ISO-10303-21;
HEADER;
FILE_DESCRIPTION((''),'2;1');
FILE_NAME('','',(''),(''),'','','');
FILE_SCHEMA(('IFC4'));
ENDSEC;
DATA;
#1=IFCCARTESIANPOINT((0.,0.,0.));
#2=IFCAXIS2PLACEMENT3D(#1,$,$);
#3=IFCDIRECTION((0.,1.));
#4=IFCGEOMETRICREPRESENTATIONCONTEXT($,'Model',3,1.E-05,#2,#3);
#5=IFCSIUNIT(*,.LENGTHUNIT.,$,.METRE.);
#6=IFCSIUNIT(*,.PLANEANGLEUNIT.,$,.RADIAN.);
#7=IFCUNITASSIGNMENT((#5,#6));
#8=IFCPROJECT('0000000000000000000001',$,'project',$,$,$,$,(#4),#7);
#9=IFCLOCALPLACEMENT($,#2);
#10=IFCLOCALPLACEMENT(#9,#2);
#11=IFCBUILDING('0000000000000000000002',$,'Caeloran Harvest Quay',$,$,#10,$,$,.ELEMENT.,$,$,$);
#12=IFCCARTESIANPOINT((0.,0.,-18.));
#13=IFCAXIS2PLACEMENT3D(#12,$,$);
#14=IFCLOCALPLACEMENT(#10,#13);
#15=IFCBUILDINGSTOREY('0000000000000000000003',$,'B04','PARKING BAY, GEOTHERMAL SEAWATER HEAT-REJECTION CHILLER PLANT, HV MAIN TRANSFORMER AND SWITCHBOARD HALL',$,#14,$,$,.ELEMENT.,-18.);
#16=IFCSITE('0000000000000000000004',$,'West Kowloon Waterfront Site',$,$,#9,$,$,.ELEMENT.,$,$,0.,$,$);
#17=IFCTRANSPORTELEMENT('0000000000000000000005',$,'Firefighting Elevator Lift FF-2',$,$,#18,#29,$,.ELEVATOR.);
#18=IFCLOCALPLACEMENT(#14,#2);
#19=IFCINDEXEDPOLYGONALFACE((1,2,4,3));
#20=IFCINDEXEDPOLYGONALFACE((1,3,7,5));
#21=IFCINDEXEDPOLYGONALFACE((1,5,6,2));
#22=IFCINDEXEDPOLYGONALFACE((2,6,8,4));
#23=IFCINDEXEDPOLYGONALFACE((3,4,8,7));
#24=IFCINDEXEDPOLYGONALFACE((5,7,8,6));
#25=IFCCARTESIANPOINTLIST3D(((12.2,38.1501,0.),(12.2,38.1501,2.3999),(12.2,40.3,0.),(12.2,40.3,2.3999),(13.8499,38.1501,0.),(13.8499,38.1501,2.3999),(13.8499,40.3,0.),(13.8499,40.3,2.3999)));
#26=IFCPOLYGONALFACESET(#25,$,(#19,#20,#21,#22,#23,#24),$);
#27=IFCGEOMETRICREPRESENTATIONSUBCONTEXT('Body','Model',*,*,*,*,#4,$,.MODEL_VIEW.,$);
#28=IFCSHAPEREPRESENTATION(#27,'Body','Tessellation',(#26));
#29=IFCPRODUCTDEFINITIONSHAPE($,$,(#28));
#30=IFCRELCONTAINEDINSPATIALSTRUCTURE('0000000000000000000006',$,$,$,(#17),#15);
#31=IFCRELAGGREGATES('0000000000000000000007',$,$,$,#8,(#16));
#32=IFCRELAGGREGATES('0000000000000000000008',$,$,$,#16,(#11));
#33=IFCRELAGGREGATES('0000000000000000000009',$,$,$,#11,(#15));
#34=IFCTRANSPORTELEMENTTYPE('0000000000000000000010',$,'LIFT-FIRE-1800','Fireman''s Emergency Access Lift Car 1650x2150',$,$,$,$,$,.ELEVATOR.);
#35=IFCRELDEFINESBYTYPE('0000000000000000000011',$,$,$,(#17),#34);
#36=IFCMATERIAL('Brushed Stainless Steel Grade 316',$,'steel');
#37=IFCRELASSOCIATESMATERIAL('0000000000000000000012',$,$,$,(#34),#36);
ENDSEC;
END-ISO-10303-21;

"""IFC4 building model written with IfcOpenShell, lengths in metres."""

from ifc_helpers import new_model, si_unit, direction, frame, origin, origin_2d, place, context, subcontext, project, spatial, rectangle, extrude, material, type_object, element, save


model = new_model("IFC4")

# Units and contexts
model_context = context("Model", 3, precision=1e-05, world=origin(), true_north=direction((0.0, 1.0)))
body_context = subcontext(model_context, "Body", "Model", "MODEL_VIEW")
ifc_project = project(units=[si_unit("LENGTHUNIT", "METRE"), si_unit("PLANEANGLEUNIT", "RADIAN")], contexts=[model_context])

# Site, building, storey
site_placement = place(None, origin())
site = spatial("IfcSite", under=ifc_project, at=site_placement, Name="West Kowloon Waterfront Site", CompositionType="ELEMENT", RefElevation=0.0)
building_placement = place(site_placement, origin())
building = spatial("IfcBuilding", under=site, at=building_placement, Name="Caeloran Harvest Quay", CompositionType="ELEMENT")
storey_placement = place(building_placement, frame((0.0, 0.0, -18.0)))
storey = spatial("IfcBuildingStorey", under=building, at=storey_placement, Name="B04", Description="PARKING BAY, GEOTHERMAL SEAWATER HEAT-REJECTION CHILLER PLANT, HV MAIN TRANSFORMER AND SWITCHBOARD HALL", CompositionType="ELEMENT", Elevation=-18.0)

# Transport element
ifc_material_1 = material(Name="Brushed Stainless Steel Grade 316", Category="steel")
transport_element_type = type_object("IfcTransportElementType", Name="LIFT-FIRE-1800", Description="Fireman's Emergency Access Lift Car 1650x2150", PredefinedType="ELEVATOR", material=ifc_material_1)
for number, where, z_axis, x_axis, name in (
    (1, (13.0249, 39.2251, 0.0), (0.0, 0.0, 1.0), (1.0, 0.0, 0.0), "Firefighting Elevator Lift FF-2"),
):
    element("IfcTransportElement", number, at=place(storey_placement, frame(where, z_axis=z_axis, x_axis=x_axis)), inside=storey, type_object=transport_element_type, Name=name, PredefinedType="ELEVATOR", context=body_context, shape_type="SweptSolid", body=[
        extrude(rectangle(XDim=1.6499, YDim=2.1499, at=origin_2d()), origin(), (0.0, 0.0, 1.0), 2.3999),
    ])

save(model, "model.ifc")
